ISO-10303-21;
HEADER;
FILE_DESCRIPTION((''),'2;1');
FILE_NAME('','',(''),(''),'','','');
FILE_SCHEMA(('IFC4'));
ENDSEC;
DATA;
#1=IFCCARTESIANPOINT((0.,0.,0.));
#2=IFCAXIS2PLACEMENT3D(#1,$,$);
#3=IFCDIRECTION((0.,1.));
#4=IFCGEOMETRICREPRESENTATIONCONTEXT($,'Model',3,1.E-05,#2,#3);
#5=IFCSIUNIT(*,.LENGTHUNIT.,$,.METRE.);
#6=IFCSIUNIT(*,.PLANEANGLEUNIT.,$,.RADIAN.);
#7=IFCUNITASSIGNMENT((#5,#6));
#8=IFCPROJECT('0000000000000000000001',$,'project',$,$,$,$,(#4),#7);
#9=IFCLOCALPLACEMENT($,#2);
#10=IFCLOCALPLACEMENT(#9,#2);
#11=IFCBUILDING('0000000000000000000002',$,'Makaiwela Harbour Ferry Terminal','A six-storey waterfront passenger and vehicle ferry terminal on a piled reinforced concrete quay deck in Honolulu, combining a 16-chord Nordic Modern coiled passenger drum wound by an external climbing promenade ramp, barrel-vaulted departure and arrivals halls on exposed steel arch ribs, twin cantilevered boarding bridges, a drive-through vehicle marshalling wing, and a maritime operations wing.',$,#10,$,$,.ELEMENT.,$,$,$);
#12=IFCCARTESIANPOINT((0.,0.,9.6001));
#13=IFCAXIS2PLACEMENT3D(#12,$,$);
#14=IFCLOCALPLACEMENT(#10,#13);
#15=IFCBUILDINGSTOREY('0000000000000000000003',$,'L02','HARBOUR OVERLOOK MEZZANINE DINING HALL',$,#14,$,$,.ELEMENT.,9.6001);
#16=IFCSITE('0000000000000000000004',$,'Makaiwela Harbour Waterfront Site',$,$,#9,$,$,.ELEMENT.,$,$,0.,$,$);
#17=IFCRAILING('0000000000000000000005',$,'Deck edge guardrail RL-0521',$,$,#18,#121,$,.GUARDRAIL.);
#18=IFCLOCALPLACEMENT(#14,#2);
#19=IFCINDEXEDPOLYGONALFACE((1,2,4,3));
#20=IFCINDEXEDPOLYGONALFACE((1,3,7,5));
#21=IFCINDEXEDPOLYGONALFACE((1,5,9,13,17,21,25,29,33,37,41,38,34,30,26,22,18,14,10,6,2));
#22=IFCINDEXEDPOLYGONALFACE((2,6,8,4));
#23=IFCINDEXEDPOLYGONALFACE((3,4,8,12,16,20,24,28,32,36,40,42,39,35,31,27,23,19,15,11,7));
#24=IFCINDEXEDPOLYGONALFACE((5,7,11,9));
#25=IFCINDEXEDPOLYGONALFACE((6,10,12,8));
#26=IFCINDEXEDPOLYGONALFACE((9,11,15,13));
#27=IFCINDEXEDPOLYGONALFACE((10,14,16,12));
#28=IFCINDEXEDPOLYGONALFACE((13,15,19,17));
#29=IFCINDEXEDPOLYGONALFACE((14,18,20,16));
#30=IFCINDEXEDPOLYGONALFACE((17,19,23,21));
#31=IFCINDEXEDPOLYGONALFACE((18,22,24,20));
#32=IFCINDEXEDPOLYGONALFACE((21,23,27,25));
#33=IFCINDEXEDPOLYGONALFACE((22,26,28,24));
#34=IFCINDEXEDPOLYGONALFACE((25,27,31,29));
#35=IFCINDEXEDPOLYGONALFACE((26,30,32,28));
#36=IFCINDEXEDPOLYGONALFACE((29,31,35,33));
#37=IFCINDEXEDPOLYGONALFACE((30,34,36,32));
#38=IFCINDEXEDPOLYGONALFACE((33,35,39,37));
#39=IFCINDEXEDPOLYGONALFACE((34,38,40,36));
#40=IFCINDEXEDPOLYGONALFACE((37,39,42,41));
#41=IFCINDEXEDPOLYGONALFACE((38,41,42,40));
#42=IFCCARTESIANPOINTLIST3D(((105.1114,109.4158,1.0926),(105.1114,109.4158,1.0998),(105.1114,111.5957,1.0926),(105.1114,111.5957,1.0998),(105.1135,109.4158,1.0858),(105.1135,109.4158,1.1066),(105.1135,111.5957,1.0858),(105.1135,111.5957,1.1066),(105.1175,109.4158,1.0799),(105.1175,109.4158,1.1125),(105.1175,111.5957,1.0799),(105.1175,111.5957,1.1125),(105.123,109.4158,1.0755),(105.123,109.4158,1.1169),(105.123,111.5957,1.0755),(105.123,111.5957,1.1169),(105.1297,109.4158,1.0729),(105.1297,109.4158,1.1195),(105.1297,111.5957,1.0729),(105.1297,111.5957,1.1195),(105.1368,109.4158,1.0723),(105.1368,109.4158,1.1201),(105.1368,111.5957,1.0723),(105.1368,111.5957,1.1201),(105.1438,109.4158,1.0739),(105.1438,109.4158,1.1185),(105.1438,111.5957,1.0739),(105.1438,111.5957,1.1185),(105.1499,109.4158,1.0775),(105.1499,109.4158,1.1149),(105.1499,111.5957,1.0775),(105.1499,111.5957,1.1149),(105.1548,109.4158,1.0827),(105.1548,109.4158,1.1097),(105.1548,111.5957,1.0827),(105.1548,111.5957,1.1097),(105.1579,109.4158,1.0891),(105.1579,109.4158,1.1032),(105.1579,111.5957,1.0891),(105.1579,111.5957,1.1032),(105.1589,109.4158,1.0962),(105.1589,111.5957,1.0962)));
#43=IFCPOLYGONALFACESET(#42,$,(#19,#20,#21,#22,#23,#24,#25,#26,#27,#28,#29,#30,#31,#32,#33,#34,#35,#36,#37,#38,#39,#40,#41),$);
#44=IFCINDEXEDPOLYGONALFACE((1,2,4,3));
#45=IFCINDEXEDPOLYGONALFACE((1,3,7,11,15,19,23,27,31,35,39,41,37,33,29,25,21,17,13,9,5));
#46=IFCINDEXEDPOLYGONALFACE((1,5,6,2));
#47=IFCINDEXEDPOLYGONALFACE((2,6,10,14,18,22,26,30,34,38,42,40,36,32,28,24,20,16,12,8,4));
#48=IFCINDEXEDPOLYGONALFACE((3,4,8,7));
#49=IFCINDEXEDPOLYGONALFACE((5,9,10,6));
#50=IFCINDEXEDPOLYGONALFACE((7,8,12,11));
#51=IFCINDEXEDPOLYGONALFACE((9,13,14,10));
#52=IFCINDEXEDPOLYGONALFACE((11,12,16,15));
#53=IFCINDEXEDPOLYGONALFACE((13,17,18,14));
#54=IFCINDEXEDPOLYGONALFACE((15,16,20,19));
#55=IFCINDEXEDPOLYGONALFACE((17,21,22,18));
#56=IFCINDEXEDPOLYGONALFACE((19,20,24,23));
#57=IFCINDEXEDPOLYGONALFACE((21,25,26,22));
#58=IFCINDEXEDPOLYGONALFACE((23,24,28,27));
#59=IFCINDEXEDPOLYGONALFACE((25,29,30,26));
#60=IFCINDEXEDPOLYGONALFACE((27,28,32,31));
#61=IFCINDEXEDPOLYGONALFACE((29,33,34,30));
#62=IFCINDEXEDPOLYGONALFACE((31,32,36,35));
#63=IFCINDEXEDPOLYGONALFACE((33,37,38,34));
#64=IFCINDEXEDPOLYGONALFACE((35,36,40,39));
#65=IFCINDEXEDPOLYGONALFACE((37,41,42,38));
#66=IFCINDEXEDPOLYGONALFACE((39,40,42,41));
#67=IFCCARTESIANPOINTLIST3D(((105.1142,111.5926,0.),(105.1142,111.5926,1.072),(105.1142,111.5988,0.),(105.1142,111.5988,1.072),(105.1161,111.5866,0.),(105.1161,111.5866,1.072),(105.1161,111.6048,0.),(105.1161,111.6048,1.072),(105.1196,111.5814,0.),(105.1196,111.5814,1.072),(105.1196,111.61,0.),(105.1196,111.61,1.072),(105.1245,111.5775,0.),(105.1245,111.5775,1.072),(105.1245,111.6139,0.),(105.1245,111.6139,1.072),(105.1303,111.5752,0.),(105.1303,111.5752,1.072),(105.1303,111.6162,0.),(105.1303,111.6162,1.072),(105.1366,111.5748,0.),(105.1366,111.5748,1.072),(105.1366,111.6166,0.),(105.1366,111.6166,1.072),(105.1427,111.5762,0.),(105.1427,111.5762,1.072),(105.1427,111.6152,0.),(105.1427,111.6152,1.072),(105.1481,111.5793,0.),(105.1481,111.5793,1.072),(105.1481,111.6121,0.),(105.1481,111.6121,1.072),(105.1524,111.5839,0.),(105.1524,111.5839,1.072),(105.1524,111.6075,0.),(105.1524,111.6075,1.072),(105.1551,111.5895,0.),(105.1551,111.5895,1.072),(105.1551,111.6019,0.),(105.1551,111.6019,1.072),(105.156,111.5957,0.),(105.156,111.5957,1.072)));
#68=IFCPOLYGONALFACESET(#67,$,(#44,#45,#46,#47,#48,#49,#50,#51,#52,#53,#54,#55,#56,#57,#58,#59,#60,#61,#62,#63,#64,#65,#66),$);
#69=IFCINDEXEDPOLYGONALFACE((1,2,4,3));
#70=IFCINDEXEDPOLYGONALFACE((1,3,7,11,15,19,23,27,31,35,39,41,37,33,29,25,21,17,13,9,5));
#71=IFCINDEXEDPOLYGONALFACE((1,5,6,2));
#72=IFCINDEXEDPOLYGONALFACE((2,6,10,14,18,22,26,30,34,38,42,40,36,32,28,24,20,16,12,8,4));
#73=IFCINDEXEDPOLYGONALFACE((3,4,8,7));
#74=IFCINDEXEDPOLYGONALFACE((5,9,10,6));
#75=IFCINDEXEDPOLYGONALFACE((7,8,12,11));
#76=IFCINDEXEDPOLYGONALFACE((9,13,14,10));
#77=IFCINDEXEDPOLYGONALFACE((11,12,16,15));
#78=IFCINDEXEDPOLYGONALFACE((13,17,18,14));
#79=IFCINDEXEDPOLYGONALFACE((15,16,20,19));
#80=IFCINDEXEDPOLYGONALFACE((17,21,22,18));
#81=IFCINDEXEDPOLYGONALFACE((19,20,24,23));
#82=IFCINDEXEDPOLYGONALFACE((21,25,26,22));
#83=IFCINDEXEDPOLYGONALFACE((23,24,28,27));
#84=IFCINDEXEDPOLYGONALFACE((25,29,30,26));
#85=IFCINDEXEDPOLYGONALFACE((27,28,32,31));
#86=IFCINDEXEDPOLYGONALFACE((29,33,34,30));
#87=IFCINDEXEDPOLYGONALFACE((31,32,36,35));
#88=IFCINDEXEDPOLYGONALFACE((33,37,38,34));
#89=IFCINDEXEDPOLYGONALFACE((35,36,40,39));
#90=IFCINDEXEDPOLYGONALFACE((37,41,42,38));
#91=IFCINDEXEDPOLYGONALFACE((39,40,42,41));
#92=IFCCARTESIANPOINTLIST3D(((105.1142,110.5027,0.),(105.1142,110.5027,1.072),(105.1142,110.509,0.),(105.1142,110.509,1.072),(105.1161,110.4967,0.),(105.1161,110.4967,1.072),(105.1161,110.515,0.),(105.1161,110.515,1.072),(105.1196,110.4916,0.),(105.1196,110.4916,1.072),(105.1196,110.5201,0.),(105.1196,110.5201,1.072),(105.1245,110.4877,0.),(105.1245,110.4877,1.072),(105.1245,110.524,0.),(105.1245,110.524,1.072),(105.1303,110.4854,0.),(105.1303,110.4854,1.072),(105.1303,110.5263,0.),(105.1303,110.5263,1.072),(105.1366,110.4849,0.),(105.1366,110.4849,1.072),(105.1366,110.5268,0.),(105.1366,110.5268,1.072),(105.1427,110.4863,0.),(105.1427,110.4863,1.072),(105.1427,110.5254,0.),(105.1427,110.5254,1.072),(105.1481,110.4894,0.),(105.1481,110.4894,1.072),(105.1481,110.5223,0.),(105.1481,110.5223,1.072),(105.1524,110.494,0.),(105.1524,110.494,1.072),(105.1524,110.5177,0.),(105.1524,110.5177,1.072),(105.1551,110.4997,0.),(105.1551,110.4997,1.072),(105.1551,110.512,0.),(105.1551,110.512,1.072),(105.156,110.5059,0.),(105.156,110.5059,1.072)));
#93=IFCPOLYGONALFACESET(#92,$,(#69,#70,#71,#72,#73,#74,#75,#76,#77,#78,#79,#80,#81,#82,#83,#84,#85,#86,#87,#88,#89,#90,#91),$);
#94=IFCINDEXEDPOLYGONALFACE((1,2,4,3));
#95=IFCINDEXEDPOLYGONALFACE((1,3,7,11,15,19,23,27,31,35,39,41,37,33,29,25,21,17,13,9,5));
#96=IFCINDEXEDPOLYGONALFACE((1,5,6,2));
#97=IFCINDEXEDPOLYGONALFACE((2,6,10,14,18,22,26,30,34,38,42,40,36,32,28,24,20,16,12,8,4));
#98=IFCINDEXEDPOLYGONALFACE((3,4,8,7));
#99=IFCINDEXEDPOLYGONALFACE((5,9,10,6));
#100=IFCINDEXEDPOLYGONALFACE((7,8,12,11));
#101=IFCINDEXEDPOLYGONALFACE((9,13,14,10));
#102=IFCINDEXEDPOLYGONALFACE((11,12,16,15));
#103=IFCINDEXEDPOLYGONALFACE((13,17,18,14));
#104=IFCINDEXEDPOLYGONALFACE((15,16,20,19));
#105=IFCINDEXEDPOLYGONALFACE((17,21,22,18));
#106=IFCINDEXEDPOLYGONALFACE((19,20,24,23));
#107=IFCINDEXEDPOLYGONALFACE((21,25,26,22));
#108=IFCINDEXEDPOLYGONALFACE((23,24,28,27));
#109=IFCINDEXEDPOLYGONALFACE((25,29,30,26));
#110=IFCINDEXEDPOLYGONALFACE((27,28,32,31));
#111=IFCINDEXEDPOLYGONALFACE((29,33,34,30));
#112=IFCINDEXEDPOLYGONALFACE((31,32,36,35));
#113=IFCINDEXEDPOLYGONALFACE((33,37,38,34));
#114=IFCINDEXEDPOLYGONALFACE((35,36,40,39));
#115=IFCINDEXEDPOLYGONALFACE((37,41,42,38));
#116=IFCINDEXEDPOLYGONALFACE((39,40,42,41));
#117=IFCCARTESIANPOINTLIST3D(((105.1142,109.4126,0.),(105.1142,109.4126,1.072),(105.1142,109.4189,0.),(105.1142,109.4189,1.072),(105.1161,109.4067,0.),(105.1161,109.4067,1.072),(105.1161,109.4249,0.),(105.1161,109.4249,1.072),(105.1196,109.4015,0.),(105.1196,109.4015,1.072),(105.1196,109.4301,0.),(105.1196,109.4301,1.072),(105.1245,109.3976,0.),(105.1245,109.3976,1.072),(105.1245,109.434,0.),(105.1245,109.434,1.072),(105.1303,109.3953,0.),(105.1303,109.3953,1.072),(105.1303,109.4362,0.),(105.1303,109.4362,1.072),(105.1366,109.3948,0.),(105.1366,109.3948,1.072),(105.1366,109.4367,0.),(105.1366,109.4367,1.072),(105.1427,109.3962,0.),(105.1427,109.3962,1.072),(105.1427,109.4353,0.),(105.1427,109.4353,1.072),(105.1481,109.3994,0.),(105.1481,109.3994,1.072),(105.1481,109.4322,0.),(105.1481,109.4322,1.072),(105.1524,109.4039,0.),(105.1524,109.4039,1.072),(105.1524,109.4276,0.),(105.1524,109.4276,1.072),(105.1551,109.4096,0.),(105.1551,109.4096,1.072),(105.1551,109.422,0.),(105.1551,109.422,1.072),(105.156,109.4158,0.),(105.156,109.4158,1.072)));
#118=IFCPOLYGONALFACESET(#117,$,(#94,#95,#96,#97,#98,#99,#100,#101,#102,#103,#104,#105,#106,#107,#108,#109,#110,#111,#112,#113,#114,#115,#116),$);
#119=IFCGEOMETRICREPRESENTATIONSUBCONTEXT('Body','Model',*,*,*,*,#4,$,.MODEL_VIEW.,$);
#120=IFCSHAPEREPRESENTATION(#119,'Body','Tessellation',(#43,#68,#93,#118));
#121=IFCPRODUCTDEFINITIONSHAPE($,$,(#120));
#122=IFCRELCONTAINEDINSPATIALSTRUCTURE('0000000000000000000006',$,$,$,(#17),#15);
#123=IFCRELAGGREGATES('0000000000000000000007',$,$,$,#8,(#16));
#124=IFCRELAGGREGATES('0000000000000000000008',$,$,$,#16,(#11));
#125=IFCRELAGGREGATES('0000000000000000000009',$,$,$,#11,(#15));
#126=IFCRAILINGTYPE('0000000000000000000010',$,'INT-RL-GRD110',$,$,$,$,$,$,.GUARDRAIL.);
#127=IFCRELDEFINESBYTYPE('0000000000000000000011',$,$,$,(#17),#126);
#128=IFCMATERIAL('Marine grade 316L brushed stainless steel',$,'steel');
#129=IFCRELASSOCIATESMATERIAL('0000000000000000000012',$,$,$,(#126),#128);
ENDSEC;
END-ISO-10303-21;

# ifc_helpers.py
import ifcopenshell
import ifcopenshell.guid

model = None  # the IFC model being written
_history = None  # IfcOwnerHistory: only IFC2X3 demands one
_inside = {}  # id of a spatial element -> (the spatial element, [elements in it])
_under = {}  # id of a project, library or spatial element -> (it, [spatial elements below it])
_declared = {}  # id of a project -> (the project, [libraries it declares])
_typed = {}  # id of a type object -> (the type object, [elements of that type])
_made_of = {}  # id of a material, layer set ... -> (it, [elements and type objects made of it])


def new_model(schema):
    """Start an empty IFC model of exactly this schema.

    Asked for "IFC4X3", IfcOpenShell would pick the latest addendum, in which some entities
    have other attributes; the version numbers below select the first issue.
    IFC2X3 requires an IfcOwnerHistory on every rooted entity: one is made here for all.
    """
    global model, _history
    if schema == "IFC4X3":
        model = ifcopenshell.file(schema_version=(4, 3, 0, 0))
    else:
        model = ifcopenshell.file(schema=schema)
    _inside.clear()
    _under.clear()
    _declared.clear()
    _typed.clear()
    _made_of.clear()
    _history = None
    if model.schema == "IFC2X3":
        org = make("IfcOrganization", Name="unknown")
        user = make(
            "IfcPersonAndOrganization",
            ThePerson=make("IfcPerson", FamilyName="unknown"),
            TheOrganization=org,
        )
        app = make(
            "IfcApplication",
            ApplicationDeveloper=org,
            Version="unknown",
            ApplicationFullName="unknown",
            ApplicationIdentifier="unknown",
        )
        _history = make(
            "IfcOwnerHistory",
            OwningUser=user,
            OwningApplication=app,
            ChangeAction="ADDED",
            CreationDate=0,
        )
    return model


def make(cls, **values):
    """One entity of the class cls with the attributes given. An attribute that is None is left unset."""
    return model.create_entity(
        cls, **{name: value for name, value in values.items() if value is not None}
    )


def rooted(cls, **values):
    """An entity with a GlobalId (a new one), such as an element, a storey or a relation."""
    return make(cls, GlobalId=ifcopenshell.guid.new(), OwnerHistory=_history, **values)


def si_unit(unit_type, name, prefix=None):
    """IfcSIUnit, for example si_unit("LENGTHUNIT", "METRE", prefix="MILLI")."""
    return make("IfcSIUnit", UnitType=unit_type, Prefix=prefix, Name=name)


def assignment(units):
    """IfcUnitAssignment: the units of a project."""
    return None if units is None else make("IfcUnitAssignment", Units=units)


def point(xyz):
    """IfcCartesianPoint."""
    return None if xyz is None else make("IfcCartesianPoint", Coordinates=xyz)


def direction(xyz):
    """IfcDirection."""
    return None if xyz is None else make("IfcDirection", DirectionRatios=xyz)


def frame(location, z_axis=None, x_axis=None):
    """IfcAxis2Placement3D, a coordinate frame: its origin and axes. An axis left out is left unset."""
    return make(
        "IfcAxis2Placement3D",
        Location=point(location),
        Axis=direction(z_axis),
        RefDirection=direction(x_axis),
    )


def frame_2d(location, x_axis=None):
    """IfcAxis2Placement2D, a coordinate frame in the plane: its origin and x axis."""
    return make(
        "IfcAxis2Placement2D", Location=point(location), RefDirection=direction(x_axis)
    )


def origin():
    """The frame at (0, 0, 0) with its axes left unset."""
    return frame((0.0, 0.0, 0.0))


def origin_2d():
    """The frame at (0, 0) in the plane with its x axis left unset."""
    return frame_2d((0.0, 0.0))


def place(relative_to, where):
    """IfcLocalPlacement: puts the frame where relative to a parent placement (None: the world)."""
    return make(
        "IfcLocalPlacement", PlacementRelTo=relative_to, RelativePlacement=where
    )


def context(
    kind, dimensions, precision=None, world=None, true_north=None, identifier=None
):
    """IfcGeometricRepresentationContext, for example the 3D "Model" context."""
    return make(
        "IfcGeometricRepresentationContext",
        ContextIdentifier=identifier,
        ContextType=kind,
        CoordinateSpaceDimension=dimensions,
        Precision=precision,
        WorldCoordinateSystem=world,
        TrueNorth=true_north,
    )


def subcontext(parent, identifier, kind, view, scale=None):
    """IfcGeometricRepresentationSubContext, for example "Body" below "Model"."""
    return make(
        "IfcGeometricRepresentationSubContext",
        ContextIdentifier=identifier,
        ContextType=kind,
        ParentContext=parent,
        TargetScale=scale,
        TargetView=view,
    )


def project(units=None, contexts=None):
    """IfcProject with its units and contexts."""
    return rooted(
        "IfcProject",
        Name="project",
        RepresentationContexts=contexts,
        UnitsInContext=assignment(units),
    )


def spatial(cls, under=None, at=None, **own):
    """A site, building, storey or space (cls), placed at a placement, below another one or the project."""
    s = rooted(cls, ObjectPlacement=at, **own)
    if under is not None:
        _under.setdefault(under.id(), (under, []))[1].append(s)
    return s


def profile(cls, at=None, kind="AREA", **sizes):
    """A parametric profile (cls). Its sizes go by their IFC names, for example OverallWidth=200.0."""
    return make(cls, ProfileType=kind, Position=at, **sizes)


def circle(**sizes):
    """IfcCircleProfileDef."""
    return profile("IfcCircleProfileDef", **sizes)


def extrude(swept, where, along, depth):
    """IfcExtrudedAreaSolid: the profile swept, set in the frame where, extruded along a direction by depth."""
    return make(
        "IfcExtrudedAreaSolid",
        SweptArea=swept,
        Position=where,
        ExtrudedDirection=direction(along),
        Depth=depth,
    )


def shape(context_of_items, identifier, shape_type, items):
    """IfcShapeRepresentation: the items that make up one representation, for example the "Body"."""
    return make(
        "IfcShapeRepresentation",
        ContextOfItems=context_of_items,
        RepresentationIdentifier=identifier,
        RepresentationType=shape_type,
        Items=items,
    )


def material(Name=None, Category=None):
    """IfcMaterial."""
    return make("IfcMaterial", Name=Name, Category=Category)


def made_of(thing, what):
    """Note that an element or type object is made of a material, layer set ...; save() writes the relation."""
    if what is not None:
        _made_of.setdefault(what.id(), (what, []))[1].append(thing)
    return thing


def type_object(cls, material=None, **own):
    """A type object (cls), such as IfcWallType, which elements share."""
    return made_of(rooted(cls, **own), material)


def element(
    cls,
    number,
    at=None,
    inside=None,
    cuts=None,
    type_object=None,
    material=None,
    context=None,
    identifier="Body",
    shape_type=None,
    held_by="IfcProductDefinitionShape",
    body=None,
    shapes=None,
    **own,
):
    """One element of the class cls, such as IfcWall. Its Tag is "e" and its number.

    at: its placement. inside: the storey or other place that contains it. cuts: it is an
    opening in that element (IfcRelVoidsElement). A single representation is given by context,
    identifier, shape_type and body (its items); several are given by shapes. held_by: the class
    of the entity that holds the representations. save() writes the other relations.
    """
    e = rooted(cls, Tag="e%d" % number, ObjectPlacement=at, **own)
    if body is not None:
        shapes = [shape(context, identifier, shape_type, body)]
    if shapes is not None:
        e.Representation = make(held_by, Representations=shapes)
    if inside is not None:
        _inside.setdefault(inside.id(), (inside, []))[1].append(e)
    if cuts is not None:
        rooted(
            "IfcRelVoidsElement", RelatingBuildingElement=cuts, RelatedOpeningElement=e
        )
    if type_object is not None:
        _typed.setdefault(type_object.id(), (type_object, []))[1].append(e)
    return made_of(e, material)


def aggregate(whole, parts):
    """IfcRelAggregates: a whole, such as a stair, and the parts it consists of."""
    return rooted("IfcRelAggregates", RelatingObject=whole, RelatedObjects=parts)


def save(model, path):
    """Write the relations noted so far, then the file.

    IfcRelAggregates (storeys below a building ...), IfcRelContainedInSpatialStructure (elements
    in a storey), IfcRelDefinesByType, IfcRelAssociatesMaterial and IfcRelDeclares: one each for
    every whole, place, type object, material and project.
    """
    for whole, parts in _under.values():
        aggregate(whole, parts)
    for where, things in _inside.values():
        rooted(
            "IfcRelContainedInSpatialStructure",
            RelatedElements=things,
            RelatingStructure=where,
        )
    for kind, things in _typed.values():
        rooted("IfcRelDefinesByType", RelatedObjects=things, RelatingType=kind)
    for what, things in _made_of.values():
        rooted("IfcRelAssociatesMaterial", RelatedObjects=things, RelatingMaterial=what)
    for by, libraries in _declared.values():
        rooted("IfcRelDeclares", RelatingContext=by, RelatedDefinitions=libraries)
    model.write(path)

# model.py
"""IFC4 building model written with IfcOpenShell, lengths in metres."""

from ifc_helpers import new_model, si_unit, direction, frame, origin, origin_2d, place, context, subcontext, project, spatial, circle, extrude, material, type_object, element, save


model = new_model("IFC4")

# Units and contexts
model_context = context("Model", 3, precision=1e-05, world=origin(), true_north=direction((0.0, 1.0)))
body_context = subcontext(model_context, "Body", "Model", "MODEL_VIEW")
ifc_project = project(units=[si_unit("LENGTHUNIT", "METRE"), si_unit("PLANEANGLEUNIT", "RADIAN")], contexts=[model_context])

# Site, building, storey
site_placement = place(None, origin())
site = spatial("IfcSite", under=ifc_project, at=site_placement, Name="Makaiwela Harbour Waterfront Site", CompositionType="ELEMENT", RefElevation=0.0)
building_placement = place(site_placement, origin())
building = spatial("IfcBuilding", under=site, at=building_placement, Name="Makaiwela Harbour Ferry Terminal", Description="A six-storey waterfront passenger and vehicle ferry terminal on a piled reinforced concrete quay deck in Honolulu, combining a 16-chord Nordic Modern coiled passenger drum wound by an external climbing promenade ramp, barrel-vaulted departure and arrivals halls on exposed steel arch ribs, twin cantilevered boarding bridges, a drive-through vehicle marshalling wing, and a maritime operations wing.", CompositionType="ELEMENT")
storey_placement = place(building_placement, frame((0.0, 0.0, 9.6001)))
storey = spatial("IfcBuildingStorey", under=building, at=storey_placement, Name="L02", Description="HARBOUR OVERLOOK MEZZANINE DINING HALL", CompositionType="ELEMENT", Elevation=9.6001)

# Railing
ifc_material_1 = material(Name="Marine grade 316L brushed stainless steel", Category="steel")
railing_type = type_object("IfcRailingType", Name="INT-RL-GRD110", PredefinedType="GUARDRAIL", material=ifc_material_1)
railing_1_placement = place(storey_placement, frame((105.135, 111.5957, 0.0)))
element("IfcRailing", 1, at=railing_1_placement, inside=storey, type_object=railing_type, Name="Deck edge guardrail RL-0521", PredefinedType="GUARDRAIL", context=body_context, shape_type="SweptSolid", body=[
    extrude(circle(Radius=0.0239, at=origin_2d()), frame((0.0, 0.0, 1.0962), z_axis=(0.0, -1.0, 0.0), x_axis=(1.0, 0.0, 0.0)), (0.0, 0.0, 1.0), 2.1799),
    extrude(circle(Radius=0.021, at=origin_2d()), origin(), (0.0, 0.0, 1.0), 1.072),
    extrude(circle(Radius=0.021, at=origin_2d()), frame((0.0, -1.0898, 0.0)), (0.0, 0.0, 1.0), 1.072),
    extrude(circle(Radius=0.021, at=origin_2d()), frame((0.0, -2.1799, 0.0)), (0.0, 0.0, 1.0), 1.072),
])

save(model, "model.ifc")
